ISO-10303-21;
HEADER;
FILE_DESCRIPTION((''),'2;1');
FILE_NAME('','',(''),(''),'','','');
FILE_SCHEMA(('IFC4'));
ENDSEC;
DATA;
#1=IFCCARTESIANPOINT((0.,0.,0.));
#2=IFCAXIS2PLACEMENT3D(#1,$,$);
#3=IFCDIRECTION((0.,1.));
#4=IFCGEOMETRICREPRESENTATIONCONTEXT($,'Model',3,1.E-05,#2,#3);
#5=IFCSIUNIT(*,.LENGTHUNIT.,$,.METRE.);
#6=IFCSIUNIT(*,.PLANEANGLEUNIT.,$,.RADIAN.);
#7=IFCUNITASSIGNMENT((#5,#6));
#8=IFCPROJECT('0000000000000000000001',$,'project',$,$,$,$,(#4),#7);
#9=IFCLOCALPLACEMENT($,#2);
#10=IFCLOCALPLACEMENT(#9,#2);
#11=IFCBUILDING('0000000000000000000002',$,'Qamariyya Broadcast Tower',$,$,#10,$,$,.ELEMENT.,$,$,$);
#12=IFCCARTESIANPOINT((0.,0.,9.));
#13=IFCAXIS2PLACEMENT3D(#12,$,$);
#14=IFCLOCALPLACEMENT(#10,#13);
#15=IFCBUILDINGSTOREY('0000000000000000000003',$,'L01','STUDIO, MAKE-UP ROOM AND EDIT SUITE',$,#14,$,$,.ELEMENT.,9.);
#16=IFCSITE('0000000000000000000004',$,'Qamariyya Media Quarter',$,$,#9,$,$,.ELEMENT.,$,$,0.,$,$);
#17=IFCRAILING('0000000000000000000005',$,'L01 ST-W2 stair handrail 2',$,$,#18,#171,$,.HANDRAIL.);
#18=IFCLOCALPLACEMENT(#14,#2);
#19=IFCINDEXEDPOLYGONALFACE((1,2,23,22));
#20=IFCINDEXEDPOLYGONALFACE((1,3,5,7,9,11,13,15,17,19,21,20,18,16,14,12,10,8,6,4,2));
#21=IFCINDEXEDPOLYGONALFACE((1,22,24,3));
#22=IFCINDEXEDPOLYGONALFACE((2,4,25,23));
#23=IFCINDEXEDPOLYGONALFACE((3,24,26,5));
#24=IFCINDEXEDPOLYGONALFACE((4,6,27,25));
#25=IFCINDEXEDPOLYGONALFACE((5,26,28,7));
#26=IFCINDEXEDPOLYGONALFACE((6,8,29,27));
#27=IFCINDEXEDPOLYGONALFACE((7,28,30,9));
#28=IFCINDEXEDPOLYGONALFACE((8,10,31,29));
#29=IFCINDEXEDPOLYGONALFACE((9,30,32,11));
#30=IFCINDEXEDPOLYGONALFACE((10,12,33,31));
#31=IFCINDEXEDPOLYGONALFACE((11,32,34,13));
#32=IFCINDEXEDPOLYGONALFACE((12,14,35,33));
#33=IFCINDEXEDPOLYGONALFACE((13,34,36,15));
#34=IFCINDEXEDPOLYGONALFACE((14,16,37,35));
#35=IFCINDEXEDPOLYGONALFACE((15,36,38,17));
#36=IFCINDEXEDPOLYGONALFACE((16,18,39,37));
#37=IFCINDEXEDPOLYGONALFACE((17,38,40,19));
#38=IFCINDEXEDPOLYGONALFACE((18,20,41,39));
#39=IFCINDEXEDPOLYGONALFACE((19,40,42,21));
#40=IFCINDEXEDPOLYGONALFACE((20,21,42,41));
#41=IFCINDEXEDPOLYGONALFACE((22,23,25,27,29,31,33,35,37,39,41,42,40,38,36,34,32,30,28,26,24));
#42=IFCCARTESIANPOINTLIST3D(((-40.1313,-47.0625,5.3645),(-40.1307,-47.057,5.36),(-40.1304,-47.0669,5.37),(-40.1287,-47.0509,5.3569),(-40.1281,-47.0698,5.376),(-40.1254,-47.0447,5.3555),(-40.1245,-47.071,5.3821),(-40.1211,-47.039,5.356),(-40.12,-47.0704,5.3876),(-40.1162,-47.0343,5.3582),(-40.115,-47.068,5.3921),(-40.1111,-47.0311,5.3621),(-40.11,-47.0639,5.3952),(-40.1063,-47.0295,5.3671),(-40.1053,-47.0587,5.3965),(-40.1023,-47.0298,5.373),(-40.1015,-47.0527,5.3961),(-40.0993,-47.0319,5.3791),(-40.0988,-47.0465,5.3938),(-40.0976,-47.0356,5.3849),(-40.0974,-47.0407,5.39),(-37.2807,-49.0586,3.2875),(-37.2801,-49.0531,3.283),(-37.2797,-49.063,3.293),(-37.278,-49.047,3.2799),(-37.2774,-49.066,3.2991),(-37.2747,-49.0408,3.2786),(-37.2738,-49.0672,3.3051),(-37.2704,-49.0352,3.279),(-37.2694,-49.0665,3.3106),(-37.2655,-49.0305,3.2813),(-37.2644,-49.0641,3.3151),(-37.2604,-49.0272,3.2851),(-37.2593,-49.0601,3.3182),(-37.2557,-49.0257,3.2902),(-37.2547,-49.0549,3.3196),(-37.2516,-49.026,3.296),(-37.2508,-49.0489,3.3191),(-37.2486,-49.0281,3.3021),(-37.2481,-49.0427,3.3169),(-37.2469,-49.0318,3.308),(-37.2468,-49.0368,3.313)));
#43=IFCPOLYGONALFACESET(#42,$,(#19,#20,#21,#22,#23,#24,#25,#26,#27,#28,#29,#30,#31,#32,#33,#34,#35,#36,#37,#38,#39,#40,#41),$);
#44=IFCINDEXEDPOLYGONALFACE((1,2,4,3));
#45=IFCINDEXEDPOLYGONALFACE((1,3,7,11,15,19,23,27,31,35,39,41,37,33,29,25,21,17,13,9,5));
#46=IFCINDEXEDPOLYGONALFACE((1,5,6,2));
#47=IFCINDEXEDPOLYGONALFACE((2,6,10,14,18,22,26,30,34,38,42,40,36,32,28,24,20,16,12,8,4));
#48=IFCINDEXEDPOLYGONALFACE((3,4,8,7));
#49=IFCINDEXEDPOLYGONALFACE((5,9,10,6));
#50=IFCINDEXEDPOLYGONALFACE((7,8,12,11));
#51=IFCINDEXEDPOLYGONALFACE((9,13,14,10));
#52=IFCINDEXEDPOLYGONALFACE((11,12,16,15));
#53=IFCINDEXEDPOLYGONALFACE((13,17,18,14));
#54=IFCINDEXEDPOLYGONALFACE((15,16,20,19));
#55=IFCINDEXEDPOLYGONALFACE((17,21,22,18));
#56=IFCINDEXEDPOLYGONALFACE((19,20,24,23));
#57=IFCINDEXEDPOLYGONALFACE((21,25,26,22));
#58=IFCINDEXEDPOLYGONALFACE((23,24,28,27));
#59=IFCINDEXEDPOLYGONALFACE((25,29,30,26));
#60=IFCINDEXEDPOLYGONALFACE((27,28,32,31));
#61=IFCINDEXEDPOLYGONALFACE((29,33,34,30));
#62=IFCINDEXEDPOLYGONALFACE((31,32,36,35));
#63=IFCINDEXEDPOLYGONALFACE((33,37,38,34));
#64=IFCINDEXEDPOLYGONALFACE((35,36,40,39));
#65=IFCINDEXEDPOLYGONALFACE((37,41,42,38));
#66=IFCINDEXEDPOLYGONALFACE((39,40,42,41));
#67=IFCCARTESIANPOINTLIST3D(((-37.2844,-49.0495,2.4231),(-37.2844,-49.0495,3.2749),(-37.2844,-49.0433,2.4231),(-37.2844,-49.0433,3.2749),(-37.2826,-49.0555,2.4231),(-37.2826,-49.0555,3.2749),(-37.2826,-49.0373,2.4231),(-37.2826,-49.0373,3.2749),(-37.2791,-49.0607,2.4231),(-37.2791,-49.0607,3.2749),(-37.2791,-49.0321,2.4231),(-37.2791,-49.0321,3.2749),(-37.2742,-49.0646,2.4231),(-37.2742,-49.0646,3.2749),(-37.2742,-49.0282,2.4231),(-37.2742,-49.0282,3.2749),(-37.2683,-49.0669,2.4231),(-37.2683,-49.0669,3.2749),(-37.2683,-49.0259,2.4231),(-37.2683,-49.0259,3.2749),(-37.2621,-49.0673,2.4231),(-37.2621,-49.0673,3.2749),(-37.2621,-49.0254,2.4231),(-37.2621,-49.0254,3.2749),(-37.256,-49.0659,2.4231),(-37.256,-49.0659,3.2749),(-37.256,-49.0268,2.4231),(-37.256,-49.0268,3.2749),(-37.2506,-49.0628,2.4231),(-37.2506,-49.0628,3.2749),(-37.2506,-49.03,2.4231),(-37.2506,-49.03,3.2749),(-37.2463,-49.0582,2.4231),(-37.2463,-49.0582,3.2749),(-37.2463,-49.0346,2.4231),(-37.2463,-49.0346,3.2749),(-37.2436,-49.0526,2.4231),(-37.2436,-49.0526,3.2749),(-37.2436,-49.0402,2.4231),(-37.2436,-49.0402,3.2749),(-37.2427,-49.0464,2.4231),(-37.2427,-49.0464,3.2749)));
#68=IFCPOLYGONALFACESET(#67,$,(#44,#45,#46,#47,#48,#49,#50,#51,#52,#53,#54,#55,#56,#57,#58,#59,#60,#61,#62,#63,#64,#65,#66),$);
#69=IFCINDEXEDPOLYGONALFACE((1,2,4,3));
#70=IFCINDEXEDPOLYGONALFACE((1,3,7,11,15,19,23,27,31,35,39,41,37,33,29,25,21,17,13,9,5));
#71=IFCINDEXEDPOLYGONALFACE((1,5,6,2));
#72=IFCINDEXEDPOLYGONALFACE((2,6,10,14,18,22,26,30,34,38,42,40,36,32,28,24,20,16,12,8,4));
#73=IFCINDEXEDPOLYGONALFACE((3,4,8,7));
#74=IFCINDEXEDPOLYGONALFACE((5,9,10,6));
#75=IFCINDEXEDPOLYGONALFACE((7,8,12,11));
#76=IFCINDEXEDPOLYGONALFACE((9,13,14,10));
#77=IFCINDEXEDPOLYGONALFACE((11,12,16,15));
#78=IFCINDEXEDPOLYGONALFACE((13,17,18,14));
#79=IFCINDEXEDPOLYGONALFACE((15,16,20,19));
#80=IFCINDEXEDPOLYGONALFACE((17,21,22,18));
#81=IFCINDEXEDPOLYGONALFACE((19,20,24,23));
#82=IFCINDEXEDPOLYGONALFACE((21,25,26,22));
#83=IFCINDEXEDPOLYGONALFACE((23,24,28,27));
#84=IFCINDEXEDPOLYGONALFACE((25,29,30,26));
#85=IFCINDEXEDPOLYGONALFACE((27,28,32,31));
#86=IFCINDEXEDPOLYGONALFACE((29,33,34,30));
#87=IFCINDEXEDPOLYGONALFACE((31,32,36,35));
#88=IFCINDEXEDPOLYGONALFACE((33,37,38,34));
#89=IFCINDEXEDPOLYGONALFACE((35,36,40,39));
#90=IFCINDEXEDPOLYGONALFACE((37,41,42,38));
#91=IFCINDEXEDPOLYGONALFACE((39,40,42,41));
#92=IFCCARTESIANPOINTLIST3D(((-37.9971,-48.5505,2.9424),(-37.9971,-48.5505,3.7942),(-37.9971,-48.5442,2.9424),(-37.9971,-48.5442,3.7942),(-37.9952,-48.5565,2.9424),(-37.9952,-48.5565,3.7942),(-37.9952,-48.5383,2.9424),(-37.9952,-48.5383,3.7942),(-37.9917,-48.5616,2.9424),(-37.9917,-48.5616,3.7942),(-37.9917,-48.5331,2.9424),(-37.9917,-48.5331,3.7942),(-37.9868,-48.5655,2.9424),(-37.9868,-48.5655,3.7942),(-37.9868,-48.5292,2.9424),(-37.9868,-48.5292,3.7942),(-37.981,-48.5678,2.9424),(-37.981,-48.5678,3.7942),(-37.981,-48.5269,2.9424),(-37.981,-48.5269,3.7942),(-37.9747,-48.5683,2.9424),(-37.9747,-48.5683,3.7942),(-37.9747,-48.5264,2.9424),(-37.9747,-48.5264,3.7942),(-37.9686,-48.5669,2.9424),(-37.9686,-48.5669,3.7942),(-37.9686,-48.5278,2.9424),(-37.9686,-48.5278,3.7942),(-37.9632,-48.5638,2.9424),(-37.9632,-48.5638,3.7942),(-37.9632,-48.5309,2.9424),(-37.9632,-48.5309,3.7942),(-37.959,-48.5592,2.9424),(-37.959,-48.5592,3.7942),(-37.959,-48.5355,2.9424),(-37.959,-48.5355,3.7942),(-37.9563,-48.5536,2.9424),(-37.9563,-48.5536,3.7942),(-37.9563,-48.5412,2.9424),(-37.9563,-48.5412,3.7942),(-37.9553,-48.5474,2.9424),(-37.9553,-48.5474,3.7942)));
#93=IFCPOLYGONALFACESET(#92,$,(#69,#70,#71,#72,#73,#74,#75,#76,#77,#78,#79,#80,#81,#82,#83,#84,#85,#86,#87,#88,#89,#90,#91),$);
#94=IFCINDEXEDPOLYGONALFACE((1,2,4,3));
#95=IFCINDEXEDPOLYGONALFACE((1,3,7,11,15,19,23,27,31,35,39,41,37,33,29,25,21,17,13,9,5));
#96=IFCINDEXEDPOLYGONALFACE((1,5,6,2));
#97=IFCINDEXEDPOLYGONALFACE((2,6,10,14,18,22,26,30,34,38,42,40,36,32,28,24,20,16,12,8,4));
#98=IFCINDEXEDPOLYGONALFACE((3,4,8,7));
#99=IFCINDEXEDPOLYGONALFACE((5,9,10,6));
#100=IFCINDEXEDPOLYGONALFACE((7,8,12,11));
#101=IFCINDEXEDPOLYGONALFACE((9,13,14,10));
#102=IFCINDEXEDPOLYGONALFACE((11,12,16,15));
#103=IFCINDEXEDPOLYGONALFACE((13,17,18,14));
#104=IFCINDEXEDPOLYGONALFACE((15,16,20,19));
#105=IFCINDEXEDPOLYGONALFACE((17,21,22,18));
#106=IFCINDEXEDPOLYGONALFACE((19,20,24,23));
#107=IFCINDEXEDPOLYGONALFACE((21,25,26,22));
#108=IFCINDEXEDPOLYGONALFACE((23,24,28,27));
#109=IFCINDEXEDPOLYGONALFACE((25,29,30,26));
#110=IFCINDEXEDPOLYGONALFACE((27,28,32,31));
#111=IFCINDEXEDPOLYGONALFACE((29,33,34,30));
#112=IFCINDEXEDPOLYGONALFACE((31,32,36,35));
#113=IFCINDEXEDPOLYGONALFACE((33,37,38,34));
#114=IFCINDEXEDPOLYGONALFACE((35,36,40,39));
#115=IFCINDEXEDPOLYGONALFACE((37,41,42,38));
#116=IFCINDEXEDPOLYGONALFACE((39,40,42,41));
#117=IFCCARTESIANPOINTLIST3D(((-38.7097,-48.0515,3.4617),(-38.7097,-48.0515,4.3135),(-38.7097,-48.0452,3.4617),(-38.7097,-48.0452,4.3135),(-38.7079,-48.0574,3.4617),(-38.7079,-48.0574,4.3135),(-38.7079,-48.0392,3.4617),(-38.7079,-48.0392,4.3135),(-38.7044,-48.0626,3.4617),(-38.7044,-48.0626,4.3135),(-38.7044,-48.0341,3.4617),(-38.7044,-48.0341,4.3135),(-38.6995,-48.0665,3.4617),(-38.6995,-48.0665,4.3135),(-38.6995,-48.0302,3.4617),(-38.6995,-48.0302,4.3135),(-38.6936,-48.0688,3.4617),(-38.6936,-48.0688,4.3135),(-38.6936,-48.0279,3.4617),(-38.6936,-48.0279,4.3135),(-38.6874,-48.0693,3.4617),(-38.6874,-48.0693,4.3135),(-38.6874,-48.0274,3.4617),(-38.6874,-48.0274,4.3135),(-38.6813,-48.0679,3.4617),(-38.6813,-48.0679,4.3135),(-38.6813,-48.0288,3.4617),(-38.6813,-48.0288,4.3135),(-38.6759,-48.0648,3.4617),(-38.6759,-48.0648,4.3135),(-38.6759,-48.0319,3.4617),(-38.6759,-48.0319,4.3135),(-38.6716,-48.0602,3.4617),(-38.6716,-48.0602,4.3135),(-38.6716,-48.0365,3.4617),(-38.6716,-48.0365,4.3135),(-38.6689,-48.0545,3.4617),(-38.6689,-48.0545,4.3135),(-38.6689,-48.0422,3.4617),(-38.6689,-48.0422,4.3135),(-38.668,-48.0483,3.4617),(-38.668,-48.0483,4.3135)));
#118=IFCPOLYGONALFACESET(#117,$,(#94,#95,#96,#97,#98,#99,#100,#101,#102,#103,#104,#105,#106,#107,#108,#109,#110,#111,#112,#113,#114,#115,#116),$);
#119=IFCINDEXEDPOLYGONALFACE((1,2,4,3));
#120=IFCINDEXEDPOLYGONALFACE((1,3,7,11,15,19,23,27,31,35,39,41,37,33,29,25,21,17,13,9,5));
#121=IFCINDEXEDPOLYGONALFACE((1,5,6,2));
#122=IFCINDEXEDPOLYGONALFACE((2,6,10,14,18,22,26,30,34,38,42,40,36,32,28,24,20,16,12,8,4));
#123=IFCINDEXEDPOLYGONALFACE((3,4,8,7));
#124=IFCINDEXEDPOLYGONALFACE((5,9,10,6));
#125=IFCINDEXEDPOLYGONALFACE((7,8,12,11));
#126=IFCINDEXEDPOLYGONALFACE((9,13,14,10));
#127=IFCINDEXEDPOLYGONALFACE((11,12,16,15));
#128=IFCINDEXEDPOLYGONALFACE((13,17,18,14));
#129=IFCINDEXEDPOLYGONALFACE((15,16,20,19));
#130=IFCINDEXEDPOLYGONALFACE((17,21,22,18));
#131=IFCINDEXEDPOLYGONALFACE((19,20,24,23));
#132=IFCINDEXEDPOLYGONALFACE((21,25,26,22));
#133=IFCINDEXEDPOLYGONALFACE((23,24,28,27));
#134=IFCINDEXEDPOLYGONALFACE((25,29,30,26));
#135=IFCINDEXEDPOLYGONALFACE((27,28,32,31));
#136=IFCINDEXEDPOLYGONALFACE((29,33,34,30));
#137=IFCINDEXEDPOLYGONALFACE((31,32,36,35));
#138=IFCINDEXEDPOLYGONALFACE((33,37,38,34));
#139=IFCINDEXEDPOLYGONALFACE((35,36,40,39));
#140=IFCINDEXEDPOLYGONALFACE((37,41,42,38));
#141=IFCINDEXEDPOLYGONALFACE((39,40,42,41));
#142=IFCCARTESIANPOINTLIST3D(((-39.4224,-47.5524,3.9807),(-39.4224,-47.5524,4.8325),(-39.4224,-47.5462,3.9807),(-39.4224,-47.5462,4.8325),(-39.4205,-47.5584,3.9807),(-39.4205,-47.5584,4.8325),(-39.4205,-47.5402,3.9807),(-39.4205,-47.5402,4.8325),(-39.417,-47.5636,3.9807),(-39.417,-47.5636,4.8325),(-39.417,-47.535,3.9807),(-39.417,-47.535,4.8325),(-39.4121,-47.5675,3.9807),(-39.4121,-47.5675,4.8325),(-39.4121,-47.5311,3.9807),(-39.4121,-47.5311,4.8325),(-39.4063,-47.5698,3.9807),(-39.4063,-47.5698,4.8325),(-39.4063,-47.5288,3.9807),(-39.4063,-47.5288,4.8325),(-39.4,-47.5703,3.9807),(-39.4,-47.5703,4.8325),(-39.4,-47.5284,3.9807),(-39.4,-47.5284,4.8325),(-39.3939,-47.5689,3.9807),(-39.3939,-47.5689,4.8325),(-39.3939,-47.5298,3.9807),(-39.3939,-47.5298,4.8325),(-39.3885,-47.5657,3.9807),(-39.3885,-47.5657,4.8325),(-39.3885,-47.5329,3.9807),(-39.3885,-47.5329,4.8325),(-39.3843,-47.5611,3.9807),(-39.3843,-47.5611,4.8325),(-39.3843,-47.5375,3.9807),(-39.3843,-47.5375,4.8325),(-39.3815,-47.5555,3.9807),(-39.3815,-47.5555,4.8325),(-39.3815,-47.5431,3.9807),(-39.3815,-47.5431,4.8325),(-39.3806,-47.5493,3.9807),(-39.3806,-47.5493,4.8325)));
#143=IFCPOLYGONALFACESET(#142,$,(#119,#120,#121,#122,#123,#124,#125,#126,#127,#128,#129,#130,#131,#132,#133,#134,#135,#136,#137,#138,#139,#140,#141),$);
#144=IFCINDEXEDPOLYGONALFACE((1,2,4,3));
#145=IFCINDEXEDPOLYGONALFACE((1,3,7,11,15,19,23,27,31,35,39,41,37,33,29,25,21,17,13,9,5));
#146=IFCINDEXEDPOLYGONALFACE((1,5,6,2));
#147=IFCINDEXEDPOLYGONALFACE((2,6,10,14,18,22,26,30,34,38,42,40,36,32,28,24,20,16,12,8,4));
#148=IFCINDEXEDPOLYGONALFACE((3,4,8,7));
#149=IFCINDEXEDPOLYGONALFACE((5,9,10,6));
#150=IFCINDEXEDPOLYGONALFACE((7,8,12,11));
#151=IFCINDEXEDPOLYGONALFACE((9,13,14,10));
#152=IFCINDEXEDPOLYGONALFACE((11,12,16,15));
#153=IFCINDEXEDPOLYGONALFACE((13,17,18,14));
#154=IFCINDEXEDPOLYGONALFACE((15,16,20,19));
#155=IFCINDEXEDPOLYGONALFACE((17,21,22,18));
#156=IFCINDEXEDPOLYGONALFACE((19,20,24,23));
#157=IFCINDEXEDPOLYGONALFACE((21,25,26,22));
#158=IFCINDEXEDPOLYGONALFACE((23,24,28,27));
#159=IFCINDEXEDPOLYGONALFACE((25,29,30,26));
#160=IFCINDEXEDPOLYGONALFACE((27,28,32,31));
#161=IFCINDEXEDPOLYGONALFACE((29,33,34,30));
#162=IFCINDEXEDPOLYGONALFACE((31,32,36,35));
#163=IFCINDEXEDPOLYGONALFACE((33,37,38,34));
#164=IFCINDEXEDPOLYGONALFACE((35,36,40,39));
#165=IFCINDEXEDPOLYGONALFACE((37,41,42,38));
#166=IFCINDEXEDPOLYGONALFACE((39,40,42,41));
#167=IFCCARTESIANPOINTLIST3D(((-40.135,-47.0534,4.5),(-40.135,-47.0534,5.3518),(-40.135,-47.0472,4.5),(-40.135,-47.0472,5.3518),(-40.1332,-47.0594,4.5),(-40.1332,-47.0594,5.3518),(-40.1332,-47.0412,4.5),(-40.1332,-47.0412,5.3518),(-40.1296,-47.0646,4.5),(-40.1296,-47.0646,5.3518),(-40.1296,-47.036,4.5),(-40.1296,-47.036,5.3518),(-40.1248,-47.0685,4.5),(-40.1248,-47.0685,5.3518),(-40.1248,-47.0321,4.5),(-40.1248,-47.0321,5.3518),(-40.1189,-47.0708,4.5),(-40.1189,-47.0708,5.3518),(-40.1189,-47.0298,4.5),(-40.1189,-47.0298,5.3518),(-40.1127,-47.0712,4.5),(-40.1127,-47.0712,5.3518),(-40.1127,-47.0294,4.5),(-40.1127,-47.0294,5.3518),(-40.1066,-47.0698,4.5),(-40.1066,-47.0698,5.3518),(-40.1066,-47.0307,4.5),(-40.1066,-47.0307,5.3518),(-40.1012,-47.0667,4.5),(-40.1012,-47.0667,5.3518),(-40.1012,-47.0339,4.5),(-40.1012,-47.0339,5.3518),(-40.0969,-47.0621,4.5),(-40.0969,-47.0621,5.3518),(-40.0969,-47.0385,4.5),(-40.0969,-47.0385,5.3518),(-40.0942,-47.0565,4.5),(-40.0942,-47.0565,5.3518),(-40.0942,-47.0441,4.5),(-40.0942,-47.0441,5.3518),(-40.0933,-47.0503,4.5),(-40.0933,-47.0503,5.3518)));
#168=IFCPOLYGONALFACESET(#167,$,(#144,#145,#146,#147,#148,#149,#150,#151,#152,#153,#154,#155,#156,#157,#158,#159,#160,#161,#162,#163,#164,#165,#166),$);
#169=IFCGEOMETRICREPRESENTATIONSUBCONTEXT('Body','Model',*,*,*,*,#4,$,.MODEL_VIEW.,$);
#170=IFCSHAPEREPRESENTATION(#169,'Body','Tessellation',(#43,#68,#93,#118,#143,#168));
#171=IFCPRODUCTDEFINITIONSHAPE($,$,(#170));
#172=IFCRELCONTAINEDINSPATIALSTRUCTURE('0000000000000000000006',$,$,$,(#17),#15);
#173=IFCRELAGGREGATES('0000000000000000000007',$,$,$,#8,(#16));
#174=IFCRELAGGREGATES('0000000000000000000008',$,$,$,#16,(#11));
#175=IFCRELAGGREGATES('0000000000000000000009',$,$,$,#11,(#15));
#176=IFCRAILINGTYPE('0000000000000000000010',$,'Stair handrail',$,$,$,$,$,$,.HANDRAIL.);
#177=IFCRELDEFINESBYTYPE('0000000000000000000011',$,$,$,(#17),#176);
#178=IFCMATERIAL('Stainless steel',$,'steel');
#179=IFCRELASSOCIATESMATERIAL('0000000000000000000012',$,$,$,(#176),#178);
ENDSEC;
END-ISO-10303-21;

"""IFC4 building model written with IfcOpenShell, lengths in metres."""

from ifc_helpers import new_model, si_unit, direction, frame, origin, origin_2d, place, context, subcontext, project, spatial, circle, extrude, material, type_object, element, save


model = new_model("IFC4")

# Units and contexts
model_context = context("Model", 3, precision=1e-05, world=origin(), true_north=direction((0.0, 1.0)))
body_context = subcontext(model_context, "Body", "Model", "MODEL_VIEW")
ifc_project = project(units=[si_unit("LENGTHUNIT", "METRE"), si_unit("PLANEANGLEUNIT", "RADIAN")], contexts=[model_context])

# Site, building, storey
site_placement = place(None, origin())
site = spatial("IfcSite", under=ifc_project, at=site_placement, Name="Qamariyya Media Quarter", CompositionType="ELEMENT", RefElevation=0.0)
building_placement = place(site_placement, origin())
building = spatial("IfcBuilding", under=site, at=building_placement, Name="Qamariyya Broadcast Tower", CompositionType="ELEMENT")
storey_placement = place(building_placement, frame((0.0, 0.0, 9.0)))
storey = spatial("IfcBuildingStorey", under=building, at=storey_placement, Name="L01", Description="STUDIO, MAKE-UP ROOM AND EDIT SUITE", CompositionType="ELEMENT", Elevation=9.0)

# Railing
ifc_material_1 = material(Name="Stainless steel", Category="steel")
railing_type_1 = type_object("IfcRailingType", Name="Stair handrail", PredefinedType="HANDRAIL", material=ifc_material_1)
for number, where, name in (
    (1, (-37.2637, -49.0464, 2.4231), "L01 ST-W2 stair handrail 2"),
):
    element("IfcRailing", number, at=place(storey_placement, frame(where)), inside=storey, type_object=railing_type_1, Name=name, PredefinedType="HANDRAIL", context=body_context, shape_type="SweptSolid", body=[
        extrude(circle(Radius=0.0239, at=origin_2d()), frame((0.0, 0.0, 0.876), z_axis=(-0.703393, 0.492544, 0.512484), x_axis=(-0.573594, -0.81914, 0.0)), (0.0, 0.0, 1.0), 4.0527),
        extrude(circle(Radius=0.021, at=origin_2d()), origin(), (0.0, 0.0, 1.0), 0.8518),
        extrude(circle(Radius=0.021, at=origin_2d()), frame((-0.7126, 0.499, 0.5193)), (0.0, 0.0, 1.0), 0.8518),
        extrude(circle(Radius=0.021, at=origin_2d()), frame((-1.4253, 0.998, 1.0386)), (0.0, 0.0, 1.0), 0.8518),
        extrude(circle(Radius=0.021, at=origin_2d()), frame((-2.1379, 1.4971, 1.5576)), (0.0, 0.0, 1.0), 0.8518),
        extrude(circle(Radius=0.021, at=origin_2d()), frame((-2.8506, 1.9961, 2.0769)), (0.0, 0.0, 1.0), 0.8518),
    ])

save(model, "model.ifc")
